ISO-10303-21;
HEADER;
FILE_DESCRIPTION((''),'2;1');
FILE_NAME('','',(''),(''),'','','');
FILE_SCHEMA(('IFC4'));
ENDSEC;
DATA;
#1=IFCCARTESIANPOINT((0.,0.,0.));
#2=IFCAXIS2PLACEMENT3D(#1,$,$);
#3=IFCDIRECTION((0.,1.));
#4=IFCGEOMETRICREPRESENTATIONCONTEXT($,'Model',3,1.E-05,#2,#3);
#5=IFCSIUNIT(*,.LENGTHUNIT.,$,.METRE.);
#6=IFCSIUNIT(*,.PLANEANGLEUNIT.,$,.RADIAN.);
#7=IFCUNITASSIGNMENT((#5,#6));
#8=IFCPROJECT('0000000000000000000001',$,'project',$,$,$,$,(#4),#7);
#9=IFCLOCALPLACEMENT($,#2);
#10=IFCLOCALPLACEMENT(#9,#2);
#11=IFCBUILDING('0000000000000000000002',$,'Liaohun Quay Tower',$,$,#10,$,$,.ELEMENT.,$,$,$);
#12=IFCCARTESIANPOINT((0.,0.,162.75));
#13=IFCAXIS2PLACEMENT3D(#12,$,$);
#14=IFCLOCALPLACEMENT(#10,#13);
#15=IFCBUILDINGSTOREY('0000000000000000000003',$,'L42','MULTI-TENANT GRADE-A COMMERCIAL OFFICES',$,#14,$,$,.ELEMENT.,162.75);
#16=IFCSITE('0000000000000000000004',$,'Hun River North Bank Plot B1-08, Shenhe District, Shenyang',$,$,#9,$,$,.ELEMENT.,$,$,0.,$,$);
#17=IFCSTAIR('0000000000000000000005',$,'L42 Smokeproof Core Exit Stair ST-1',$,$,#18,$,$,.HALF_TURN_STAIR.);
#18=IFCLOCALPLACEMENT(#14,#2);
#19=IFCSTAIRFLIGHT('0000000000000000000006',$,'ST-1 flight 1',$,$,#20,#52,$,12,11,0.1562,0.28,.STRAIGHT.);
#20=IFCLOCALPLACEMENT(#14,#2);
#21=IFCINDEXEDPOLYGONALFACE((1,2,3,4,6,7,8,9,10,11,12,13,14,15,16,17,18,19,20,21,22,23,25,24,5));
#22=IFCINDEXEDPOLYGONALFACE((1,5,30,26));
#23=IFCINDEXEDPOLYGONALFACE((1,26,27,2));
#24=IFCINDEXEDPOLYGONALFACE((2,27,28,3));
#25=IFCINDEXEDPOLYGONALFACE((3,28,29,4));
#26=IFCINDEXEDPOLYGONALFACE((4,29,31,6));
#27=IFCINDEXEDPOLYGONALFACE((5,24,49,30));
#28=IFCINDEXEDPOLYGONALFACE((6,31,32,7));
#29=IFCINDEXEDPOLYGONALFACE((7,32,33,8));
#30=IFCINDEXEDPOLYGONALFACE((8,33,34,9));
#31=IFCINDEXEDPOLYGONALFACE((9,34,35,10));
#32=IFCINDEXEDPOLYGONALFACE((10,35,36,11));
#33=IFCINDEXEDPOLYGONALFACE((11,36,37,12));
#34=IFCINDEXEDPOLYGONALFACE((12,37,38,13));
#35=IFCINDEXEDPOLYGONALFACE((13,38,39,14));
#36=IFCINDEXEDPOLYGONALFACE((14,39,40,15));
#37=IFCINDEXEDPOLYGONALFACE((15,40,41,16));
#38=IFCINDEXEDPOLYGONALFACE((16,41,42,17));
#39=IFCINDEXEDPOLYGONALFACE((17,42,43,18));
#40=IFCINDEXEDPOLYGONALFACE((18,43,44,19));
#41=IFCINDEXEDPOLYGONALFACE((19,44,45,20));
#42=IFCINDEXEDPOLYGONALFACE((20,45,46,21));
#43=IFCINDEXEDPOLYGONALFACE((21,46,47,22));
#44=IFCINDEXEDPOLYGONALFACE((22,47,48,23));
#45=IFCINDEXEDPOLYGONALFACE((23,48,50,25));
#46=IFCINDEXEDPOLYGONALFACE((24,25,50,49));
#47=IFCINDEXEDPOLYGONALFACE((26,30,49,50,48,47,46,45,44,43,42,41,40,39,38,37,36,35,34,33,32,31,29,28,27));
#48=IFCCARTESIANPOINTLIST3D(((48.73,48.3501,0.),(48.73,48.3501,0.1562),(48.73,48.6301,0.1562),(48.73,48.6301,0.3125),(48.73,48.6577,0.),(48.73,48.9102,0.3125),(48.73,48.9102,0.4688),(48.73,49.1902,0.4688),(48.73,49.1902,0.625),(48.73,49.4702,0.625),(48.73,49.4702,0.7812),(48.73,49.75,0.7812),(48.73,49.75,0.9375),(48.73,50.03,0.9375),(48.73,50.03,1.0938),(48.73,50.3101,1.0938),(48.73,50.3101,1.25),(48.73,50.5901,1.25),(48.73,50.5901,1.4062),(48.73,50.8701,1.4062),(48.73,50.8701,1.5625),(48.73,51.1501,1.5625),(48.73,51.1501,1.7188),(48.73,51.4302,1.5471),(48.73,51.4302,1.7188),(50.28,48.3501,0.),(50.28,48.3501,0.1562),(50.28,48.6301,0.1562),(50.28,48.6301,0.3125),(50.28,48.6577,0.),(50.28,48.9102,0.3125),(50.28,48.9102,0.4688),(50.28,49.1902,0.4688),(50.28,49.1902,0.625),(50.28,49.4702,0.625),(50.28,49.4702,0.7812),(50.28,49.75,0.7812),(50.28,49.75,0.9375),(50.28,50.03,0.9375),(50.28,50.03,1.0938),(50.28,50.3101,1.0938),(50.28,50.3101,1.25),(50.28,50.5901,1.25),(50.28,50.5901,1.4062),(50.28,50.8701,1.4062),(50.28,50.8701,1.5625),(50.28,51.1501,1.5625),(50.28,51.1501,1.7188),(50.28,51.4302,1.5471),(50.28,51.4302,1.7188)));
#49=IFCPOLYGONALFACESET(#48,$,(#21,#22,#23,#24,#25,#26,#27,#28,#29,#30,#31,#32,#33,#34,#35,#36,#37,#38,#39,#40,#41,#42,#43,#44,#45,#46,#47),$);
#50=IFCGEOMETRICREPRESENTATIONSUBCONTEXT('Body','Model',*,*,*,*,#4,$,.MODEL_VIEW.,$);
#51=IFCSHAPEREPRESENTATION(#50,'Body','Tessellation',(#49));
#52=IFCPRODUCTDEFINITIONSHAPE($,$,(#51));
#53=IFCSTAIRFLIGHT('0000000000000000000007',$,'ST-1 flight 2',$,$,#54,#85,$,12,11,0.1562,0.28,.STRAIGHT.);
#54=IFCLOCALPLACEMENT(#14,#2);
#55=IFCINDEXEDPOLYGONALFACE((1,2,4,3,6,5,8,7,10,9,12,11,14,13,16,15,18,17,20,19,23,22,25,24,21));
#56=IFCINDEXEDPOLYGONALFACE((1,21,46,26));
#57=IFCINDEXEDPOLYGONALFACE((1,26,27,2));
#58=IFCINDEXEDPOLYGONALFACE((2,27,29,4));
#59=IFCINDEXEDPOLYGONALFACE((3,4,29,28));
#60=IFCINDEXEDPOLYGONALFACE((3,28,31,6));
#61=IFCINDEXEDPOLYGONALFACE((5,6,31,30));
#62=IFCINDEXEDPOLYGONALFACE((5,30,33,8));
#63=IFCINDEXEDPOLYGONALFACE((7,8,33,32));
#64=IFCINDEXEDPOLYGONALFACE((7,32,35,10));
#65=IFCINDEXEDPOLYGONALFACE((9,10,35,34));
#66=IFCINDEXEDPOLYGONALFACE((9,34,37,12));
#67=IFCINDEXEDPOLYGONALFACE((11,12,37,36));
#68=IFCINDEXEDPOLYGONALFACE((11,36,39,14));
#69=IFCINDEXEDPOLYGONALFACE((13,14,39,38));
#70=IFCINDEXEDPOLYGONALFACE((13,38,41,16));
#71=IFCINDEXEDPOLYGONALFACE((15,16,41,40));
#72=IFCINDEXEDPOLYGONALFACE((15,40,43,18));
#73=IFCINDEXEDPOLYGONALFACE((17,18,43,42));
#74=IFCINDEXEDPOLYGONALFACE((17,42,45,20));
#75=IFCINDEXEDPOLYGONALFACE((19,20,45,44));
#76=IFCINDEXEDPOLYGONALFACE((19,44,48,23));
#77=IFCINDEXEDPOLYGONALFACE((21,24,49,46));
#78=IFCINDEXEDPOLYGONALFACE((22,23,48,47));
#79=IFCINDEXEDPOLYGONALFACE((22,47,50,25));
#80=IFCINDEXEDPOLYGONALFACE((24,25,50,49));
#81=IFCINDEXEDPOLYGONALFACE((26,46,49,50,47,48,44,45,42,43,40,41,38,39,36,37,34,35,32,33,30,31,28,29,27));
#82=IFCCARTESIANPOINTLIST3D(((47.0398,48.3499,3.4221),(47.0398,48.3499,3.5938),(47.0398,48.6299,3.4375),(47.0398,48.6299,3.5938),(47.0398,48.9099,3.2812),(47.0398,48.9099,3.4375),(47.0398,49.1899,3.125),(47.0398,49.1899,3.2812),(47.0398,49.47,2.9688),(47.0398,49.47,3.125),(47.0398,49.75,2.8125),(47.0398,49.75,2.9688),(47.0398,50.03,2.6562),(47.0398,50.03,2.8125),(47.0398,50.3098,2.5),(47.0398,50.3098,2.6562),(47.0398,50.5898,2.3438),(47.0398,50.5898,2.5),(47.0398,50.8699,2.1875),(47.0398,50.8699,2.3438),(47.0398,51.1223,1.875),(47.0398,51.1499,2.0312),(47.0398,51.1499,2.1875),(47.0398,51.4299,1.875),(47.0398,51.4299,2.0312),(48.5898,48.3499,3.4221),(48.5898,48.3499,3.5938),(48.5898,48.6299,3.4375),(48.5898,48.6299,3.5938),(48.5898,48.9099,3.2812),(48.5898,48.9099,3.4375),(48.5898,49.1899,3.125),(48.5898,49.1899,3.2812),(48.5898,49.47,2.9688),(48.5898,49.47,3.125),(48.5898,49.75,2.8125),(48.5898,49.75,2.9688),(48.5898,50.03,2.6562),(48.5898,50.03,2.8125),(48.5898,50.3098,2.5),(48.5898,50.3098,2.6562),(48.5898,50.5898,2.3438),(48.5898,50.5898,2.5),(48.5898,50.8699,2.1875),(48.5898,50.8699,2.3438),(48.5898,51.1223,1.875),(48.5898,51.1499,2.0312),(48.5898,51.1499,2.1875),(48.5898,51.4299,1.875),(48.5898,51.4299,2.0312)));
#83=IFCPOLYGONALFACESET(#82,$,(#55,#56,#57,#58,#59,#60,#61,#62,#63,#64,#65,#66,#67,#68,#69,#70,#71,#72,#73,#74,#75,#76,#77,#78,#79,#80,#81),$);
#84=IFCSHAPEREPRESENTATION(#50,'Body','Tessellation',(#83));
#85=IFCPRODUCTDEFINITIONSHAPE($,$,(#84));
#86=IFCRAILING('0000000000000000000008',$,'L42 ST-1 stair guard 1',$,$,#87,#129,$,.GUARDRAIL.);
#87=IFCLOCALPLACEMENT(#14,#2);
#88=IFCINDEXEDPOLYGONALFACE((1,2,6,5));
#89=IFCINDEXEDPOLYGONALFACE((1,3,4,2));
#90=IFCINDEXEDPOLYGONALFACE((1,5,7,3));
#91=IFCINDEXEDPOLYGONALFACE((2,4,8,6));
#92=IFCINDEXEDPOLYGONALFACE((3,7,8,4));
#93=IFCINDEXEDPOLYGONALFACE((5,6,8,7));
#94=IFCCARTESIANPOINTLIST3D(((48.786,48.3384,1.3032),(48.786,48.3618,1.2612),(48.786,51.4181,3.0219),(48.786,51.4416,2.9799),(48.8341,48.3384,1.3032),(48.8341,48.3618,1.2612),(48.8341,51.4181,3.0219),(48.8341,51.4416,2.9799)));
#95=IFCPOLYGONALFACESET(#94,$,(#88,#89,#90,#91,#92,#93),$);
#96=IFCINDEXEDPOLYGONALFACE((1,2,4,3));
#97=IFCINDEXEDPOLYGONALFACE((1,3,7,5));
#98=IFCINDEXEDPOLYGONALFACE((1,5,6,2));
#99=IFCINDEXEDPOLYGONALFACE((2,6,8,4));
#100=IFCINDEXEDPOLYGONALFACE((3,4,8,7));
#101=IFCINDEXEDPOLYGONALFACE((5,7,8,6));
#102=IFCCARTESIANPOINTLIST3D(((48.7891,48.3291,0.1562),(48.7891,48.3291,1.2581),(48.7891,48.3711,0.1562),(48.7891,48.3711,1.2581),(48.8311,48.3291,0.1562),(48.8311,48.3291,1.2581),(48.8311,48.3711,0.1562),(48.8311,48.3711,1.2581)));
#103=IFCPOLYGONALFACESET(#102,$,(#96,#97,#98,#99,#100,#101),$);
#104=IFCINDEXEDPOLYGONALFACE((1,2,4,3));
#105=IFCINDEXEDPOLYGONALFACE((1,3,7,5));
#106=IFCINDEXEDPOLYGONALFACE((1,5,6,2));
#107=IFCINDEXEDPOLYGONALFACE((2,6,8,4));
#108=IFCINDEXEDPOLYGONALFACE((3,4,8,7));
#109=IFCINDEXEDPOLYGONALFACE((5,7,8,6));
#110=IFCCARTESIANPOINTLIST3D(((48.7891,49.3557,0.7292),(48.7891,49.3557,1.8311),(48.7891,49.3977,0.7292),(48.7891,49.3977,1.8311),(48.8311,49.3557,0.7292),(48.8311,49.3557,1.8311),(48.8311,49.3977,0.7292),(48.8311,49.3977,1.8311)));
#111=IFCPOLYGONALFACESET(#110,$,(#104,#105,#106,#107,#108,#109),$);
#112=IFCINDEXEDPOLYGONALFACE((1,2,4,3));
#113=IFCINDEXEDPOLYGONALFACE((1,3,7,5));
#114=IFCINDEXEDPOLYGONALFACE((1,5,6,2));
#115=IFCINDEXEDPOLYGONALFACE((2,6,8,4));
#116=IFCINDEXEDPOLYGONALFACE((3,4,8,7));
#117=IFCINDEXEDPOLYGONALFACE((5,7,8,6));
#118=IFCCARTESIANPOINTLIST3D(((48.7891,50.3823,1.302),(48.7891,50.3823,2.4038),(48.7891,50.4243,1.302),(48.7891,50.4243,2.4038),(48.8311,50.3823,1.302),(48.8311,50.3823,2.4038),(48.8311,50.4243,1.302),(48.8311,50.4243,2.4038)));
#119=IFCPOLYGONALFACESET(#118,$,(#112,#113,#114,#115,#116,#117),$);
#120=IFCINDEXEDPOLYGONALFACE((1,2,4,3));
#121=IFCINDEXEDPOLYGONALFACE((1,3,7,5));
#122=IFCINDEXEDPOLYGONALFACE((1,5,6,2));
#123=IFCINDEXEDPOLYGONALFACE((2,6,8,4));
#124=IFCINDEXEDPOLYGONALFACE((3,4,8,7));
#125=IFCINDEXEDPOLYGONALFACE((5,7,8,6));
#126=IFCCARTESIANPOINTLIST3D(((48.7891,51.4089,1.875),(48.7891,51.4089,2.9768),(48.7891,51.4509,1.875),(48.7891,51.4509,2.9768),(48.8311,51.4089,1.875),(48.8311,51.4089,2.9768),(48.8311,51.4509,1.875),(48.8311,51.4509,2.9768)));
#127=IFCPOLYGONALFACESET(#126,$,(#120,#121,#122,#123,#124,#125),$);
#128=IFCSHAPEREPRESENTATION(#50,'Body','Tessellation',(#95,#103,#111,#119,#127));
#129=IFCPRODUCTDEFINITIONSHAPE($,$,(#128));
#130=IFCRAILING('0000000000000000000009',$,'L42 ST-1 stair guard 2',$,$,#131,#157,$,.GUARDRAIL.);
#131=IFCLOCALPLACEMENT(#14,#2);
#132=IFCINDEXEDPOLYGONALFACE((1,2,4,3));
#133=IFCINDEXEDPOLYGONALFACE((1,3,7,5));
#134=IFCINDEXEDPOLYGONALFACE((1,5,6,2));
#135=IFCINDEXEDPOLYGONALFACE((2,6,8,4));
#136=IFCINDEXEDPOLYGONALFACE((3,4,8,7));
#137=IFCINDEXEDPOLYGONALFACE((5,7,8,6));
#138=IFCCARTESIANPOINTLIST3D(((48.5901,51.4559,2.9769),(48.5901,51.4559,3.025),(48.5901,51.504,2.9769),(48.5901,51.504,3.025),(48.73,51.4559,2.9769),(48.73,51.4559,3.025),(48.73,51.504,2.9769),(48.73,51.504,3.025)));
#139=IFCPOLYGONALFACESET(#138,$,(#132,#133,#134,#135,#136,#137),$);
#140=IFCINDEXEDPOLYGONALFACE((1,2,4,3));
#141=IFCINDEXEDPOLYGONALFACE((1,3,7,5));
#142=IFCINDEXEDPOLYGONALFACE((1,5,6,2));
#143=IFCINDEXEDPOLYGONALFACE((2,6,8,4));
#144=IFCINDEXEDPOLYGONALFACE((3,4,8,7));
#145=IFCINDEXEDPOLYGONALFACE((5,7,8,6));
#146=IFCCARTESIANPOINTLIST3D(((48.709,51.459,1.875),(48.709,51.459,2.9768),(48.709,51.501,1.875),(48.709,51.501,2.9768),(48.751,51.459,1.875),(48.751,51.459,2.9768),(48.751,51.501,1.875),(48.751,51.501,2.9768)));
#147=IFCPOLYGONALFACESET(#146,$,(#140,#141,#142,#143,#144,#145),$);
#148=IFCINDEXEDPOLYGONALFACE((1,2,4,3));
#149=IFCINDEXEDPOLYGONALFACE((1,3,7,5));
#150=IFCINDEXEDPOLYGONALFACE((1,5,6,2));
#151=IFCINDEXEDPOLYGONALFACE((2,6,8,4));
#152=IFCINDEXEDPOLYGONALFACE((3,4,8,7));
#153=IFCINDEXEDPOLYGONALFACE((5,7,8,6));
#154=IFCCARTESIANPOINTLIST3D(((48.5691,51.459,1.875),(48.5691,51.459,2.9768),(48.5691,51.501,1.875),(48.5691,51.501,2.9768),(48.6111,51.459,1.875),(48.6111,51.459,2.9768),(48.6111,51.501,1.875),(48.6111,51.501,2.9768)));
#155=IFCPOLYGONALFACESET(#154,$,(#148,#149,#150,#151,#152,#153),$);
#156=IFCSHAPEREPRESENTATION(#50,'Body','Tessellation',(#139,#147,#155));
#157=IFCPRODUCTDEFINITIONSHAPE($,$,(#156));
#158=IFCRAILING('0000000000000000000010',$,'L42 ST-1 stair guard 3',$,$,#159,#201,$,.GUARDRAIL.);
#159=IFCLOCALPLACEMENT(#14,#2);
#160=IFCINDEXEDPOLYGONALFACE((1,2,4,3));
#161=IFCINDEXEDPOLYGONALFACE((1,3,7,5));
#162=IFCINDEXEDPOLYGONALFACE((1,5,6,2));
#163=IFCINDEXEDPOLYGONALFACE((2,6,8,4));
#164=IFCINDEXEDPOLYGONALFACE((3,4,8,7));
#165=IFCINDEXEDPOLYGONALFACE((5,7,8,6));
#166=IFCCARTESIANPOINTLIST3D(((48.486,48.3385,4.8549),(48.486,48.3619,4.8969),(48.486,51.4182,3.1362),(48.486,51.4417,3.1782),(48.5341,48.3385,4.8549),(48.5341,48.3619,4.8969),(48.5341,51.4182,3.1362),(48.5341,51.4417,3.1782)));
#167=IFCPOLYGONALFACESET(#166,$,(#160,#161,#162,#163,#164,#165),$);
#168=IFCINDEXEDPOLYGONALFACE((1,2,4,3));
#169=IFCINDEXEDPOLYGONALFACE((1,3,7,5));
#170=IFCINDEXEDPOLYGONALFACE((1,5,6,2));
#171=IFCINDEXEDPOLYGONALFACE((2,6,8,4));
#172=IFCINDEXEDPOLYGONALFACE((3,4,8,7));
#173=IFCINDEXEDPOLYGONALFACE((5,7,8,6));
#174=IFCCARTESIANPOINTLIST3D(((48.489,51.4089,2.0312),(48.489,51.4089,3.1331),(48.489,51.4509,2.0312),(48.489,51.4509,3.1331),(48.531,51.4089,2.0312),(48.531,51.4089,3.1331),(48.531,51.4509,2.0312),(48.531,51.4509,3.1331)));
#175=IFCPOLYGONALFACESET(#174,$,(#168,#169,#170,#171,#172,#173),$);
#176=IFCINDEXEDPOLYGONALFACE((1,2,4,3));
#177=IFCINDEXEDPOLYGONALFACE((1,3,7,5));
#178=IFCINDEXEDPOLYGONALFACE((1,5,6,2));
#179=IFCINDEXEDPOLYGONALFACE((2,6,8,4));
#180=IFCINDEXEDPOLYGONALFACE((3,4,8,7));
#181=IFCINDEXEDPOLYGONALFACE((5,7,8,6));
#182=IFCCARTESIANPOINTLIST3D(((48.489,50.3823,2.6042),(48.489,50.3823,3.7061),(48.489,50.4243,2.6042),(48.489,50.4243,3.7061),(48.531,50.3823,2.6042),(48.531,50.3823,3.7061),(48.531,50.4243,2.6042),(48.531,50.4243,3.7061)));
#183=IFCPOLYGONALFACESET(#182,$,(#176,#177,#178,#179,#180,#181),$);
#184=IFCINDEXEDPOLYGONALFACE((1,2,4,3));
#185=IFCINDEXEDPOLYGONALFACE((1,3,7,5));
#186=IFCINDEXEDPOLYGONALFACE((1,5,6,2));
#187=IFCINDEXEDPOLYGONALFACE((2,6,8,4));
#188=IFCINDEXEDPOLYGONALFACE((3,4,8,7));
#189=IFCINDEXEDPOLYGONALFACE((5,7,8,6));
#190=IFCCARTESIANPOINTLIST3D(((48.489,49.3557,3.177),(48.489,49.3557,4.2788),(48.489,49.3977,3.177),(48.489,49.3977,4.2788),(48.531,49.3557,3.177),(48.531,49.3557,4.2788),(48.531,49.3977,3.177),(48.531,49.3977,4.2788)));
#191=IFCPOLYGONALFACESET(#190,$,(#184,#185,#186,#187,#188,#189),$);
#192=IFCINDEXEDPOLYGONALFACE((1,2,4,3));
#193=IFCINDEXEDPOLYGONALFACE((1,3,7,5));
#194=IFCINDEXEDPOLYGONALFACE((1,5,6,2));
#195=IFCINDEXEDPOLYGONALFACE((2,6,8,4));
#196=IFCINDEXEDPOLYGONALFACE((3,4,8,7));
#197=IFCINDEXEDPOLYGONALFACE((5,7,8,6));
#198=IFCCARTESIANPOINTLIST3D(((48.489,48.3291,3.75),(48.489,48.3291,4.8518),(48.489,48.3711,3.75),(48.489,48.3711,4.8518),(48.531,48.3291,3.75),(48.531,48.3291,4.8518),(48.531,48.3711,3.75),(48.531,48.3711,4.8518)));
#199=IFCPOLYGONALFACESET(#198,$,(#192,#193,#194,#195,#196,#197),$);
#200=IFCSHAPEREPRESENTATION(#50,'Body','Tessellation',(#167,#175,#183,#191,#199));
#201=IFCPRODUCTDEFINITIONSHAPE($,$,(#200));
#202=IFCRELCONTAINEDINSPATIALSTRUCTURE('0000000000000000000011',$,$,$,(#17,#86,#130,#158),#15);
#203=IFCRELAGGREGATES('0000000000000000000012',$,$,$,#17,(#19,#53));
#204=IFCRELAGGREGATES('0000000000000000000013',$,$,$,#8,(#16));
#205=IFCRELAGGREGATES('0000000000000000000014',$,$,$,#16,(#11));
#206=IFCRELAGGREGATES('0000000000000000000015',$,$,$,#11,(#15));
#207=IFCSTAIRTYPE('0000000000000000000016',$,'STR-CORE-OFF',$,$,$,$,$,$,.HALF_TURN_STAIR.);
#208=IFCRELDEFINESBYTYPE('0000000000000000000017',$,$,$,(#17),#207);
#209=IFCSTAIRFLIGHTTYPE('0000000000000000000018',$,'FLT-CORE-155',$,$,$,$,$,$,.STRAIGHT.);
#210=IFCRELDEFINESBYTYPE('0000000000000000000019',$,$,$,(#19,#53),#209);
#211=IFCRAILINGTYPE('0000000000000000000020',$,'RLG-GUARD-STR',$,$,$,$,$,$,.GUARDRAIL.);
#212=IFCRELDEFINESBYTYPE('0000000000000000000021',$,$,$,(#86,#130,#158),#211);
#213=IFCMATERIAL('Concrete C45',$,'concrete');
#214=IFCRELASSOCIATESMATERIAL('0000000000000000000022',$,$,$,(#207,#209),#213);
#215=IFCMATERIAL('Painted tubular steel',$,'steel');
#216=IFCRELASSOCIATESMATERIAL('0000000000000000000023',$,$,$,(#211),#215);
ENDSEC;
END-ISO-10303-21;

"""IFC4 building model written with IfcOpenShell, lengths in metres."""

from ifc_helpers import new_model, si_unit, direction, frame, origin, origin_2d, place, context, subcontext, project, spatial, polyline, rectangle, outline, extrude, material, type_object, element, aggregate, save


model = new_model("IFC4")

# Units and contexts
model_context = context("Model", 3, precision=1e-05, world=origin(), true_north=direction((0.0, 1.0)))
body_context = subcontext(model_context, "Body", "Model", "MODEL_VIEW")
ifc_project = project(units=[si_unit("LENGTHUNIT", "METRE"), si_unit("PLANEANGLEUNIT", "RADIAN")], contexts=[model_context])

# Site, building, storey
site_placement = place(None, origin())
site = spatial("IfcSite", under=ifc_project, at=site_placement, Name="Hun River North Bank Plot B1-08, Shenhe District, Shenyang", CompositionType="ELEMENT", RefElevation=0.0)
building_placement = place(site_placement, origin())
building = spatial("IfcBuilding", under=site, at=building_placement, Name="Liaohun Quay Tower", CompositionType="ELEMENT")
storey_placement = place(building_placement, frame((0.0, 0.0, 162.75)))
storey = spatial("IfcBuildingStorey", under=building, at=storey_placement, Name="L42", Description="MULTI-TENANT GRADE-A COMMERCIAL OFFICES", CompositionType="ELEMENT", Elevation=162.75)

# Stair
ifc_material_1 = material(Name="Concrete C45", Category="concrete")
stair_type = type_object("IfcStairType", Name="STR-CORE-OFF", PredefinedType="HALF_TURN_STAIR", material=ifc_material_1)
stair_1_placement = place(storey_placement, origin())
stair_1 = element("IfcStair", 1, at=stair_1_placement, inside=storey, type_object=stair_type, Name="L42 Smokeproof Core Exit Stair ST-1", PredefinedType="HALF_TURN_STAIR")

# Stair flights
stair_flight_type = type_object("IfcStairFlightType", Name="FLT-CORE-155", PredefinedType="STRAIGHT", material=ifc_material_1)
stair_flight_1_placement = place(storey_placement, frame((49.5049, 48.3501, 0.0), z_axis=(0.0, 0.0, 1.0), x_axis=(0.0, 1.0, 0.0)))
stair_flight_1 = element("IfcStairFlight", 2, at=stair_flight_1_placement, type_object=stair_flight_type, Name="ST-1 flight 1", NumberOfRisers=12, NumberOfTreads=11, PredefinedType="STRAIGHT", RiserHeight=0.1562, TreadLength=0.28, context=body_context, shape_type="SweptSolid", body=[
    extrude(outline(polyline([(0.0, 0.0), (0.0, 0.1562), (0.28, 0.1562), (0.28, 0.3125), (0.5601, 0.3125), (0.5601, 0.4688), (0.8401, 0.4688), (0.8401, 0.625), (1.1201, 0.625), (1.1201, 0.7812), (1.3999, 0.7812), (1.3999, 0.9375), (1.6799, 0.9375), (1.6799, 1.0938), (1.96, 1.0938), (1.96, 1.25), (2.24, 1.25), (2.24, 1.4062), (2.52, 1.4062), (2.52, 1.5625), (2.8, 1.5625), (2.8, 1.7188), (3.0801, 1.7188), (3.0801, 1.875), (3.0801, 1.5471), (0.3076, 0.0), (0.0, 0.0)])), frame((0.0, 0.7749, 0.0), z_axis=(0.0, -1.0, 0.0), x_axis=(1.0, 0.0, 0.0)), (0.0, 0.0, 1.0), 1.55),
])
stair_flight_2_placement = place(storey_placement, frame((47.8149, 51.4299, 1.875), z_axis=(0.0, 0.0, 1.0), x_axis=(0.0, -1.0, 0.0)))
stair_flight_2 = element("IfcStairFlight", 3, at=stair_flight_2_placement, type_object=stair_flight_type, Name="ST-1 flight 2", NumberOfRisers=12, NumberOfTreads=11, PredefinedType="STRAIGHT", RiserHeight=0.1562, TreadLength=0.28, context=body_context, shape_type="SweptSolid", body=[
    extrude(outline(polyline([(0.0, 0.0), (0.0, 0.1562), (0.28, 0.1562), (0.28, 0.3125), (0.5601, 0.3125), (0.5601, 0.4688), (0.8401, 0.4688), (0.8401, 0.625), (1.1201, 0.625), (1.1201, 0.7812), (1.3999, 0.7812), (1.3999, 0.9375), (1.6799, 0.9375), (1.6799, 1.0938), (1.96, 1.0938), (1.96, 1.25), (2.24, 1.25), (2.24, 1.4062), (2.52, 1.4062), (2.52, 1.5625), (2.8, 1.5625), (2.8, 1.7188), (3.0801, 1.7188), (3.0801, 1.875), (3.0801, 1.5471), (0.3076, 0.0), (0.0, 0.0)])), frame((0.0, 0.7749, 0.0), z_axis=(0.0, -1.0, 0.0), x_axis=(1.0, 0.0, 0.0)), (0.0, 0.0, 1.0), 1.55),
])
aggregate(stair_1, [stair_flight_1, stair_flight_2])

# Railings
ifc_material_2 = material(Name="Painted tubular steel", Category="steel")
railing_type_1 = type_object("IfcRailingType", Name="RLG-GUARD-STR", PredefinedType="GUARDRAIL", material=ifc_material_2)
railing_1_placement = place(storey_placement, frame((48.8101, 48.3501, 0.1562)))
element("IfcRailing", 4, at=railing_1_placement, inside=storey, type_object=railing_type_1, Name="L42 ST-1 stair guard 1", PredefinedType="GUARDRAIL", context=body_context, shape_type="SweptSolid", body=[
    extrude(rectangle(XDim=0.0481, YDim=0.0481, at=origin_2d()), frame((0.0, 0.0, 1.126), z_axis=(0.0, 0.873225, 0.487317), x_axis=(-1.0, 0.0, 0.0)), (0.0, 0.0, 1.0), 3.5269),
    extrude(rectangle(XDim=0.042, YDim=0.042, at=origin_2d()), origin(), (0.0, 0.0, 1.0), 1.1018),
    extrude(rectangle(XDim=0.042, YDim=0.042, at=origin_2d()), frame((0.0, 1.0266, 0.573)), (0.0, 0.0, 1.0), 1.1018),
    extrude(rectangle(XDim=0.042, YDim=0.042, at=origin_2d()), frame((0.0, 2.0532, 1.1458)), (0.0, 0.0, 1.0), 1.1018),
    extrude(rectangle(XDim=0.042, YDim=0.042, at=origin_2d()), frame((0.0, 3.0798, 1.7188)), (0.0, 0.0, 1.0), 1.1018),
])
railing_2_placement = place(storey_placement, frame((48.73, 51.48, 1.875)))
element("IfcRailing", 5, at=railing_2_placement, inside=storey, type_object=railing_type_1, Name="L42 ST-1 stair guard 2", PredefinedType="GUARDRAIL", context=body_context, shape_type="SweptSolid", body=[
    extrude(rectangle(XDim=0.0481, YDim=0.0481, at=origin_2d()), frame((0.0, 0.0, 1.126), z_axis=(-1.0, 0.0, 0.0), x_axis=(0.0, -1.0, 0.0)), (0.0, 0.0, 1.0), 0.1399),
    extrude(rectangle(XDim=0.042, YDim=0.042, at=origin_2d()), origin(), (0.0, 0.0, 1.0), 1.1018),
    extrude(rectangle(XDim=0.042, YDim=0.042, at=origin_2d()), frame((-0.1399, 0.0, 0.0)), (0.0, 0.0, 1.0), 1.1018),
])
railing_3_placement = place(storey_placement, frame((48.51, 51.4299, 2.0312)))
element("IfcRailing", 6, at=railing_3_placement, inside=storey, type_object=railing_type_1, Name="L42 ST-1 stair guard 3", PredefinedType="GUARDRAIL", context=body_context, shape_type="SweptSolid", body=[
    extrude(rectangle(XDim=0.0481, YDim=0.0481, at=origin_2d()), frame((0.0, 0.0, 1.126), z_axis=(0.0, -0.873225, 0.487317), x_axis=(1.0, 0.0, 0.0)), (0.0, 0.0, 1.0), 3.5269),
    extrude(rectangle(XDim=0.042, YDim=0.042, at=origin_2d()), origin(), (0.0, 0.0, 1.0), 1.1018),
    extrude(rectangle(XDim=0.042, YDim=0.042, at=origin_2d()), frame((0.0, -1.0266, 0.573)), (0.0, 0.0, 1.0), 1.1018),
    extrude(rectangle(XDim=0.042, YDim=0.042, at=origin_2d()), frame((0.0, -2.0532, 1.1458)), (0.0, 0.0, 1.0), 1.1018),
    extrude(rectangle(XDim=0.042, YDim=0.042, at=origin_2d()), frame((0.0, -3.0798, 1.7188)), (0.0, 0.0, 1.0), 1.1018),
])

save(model, "model.ifc")
